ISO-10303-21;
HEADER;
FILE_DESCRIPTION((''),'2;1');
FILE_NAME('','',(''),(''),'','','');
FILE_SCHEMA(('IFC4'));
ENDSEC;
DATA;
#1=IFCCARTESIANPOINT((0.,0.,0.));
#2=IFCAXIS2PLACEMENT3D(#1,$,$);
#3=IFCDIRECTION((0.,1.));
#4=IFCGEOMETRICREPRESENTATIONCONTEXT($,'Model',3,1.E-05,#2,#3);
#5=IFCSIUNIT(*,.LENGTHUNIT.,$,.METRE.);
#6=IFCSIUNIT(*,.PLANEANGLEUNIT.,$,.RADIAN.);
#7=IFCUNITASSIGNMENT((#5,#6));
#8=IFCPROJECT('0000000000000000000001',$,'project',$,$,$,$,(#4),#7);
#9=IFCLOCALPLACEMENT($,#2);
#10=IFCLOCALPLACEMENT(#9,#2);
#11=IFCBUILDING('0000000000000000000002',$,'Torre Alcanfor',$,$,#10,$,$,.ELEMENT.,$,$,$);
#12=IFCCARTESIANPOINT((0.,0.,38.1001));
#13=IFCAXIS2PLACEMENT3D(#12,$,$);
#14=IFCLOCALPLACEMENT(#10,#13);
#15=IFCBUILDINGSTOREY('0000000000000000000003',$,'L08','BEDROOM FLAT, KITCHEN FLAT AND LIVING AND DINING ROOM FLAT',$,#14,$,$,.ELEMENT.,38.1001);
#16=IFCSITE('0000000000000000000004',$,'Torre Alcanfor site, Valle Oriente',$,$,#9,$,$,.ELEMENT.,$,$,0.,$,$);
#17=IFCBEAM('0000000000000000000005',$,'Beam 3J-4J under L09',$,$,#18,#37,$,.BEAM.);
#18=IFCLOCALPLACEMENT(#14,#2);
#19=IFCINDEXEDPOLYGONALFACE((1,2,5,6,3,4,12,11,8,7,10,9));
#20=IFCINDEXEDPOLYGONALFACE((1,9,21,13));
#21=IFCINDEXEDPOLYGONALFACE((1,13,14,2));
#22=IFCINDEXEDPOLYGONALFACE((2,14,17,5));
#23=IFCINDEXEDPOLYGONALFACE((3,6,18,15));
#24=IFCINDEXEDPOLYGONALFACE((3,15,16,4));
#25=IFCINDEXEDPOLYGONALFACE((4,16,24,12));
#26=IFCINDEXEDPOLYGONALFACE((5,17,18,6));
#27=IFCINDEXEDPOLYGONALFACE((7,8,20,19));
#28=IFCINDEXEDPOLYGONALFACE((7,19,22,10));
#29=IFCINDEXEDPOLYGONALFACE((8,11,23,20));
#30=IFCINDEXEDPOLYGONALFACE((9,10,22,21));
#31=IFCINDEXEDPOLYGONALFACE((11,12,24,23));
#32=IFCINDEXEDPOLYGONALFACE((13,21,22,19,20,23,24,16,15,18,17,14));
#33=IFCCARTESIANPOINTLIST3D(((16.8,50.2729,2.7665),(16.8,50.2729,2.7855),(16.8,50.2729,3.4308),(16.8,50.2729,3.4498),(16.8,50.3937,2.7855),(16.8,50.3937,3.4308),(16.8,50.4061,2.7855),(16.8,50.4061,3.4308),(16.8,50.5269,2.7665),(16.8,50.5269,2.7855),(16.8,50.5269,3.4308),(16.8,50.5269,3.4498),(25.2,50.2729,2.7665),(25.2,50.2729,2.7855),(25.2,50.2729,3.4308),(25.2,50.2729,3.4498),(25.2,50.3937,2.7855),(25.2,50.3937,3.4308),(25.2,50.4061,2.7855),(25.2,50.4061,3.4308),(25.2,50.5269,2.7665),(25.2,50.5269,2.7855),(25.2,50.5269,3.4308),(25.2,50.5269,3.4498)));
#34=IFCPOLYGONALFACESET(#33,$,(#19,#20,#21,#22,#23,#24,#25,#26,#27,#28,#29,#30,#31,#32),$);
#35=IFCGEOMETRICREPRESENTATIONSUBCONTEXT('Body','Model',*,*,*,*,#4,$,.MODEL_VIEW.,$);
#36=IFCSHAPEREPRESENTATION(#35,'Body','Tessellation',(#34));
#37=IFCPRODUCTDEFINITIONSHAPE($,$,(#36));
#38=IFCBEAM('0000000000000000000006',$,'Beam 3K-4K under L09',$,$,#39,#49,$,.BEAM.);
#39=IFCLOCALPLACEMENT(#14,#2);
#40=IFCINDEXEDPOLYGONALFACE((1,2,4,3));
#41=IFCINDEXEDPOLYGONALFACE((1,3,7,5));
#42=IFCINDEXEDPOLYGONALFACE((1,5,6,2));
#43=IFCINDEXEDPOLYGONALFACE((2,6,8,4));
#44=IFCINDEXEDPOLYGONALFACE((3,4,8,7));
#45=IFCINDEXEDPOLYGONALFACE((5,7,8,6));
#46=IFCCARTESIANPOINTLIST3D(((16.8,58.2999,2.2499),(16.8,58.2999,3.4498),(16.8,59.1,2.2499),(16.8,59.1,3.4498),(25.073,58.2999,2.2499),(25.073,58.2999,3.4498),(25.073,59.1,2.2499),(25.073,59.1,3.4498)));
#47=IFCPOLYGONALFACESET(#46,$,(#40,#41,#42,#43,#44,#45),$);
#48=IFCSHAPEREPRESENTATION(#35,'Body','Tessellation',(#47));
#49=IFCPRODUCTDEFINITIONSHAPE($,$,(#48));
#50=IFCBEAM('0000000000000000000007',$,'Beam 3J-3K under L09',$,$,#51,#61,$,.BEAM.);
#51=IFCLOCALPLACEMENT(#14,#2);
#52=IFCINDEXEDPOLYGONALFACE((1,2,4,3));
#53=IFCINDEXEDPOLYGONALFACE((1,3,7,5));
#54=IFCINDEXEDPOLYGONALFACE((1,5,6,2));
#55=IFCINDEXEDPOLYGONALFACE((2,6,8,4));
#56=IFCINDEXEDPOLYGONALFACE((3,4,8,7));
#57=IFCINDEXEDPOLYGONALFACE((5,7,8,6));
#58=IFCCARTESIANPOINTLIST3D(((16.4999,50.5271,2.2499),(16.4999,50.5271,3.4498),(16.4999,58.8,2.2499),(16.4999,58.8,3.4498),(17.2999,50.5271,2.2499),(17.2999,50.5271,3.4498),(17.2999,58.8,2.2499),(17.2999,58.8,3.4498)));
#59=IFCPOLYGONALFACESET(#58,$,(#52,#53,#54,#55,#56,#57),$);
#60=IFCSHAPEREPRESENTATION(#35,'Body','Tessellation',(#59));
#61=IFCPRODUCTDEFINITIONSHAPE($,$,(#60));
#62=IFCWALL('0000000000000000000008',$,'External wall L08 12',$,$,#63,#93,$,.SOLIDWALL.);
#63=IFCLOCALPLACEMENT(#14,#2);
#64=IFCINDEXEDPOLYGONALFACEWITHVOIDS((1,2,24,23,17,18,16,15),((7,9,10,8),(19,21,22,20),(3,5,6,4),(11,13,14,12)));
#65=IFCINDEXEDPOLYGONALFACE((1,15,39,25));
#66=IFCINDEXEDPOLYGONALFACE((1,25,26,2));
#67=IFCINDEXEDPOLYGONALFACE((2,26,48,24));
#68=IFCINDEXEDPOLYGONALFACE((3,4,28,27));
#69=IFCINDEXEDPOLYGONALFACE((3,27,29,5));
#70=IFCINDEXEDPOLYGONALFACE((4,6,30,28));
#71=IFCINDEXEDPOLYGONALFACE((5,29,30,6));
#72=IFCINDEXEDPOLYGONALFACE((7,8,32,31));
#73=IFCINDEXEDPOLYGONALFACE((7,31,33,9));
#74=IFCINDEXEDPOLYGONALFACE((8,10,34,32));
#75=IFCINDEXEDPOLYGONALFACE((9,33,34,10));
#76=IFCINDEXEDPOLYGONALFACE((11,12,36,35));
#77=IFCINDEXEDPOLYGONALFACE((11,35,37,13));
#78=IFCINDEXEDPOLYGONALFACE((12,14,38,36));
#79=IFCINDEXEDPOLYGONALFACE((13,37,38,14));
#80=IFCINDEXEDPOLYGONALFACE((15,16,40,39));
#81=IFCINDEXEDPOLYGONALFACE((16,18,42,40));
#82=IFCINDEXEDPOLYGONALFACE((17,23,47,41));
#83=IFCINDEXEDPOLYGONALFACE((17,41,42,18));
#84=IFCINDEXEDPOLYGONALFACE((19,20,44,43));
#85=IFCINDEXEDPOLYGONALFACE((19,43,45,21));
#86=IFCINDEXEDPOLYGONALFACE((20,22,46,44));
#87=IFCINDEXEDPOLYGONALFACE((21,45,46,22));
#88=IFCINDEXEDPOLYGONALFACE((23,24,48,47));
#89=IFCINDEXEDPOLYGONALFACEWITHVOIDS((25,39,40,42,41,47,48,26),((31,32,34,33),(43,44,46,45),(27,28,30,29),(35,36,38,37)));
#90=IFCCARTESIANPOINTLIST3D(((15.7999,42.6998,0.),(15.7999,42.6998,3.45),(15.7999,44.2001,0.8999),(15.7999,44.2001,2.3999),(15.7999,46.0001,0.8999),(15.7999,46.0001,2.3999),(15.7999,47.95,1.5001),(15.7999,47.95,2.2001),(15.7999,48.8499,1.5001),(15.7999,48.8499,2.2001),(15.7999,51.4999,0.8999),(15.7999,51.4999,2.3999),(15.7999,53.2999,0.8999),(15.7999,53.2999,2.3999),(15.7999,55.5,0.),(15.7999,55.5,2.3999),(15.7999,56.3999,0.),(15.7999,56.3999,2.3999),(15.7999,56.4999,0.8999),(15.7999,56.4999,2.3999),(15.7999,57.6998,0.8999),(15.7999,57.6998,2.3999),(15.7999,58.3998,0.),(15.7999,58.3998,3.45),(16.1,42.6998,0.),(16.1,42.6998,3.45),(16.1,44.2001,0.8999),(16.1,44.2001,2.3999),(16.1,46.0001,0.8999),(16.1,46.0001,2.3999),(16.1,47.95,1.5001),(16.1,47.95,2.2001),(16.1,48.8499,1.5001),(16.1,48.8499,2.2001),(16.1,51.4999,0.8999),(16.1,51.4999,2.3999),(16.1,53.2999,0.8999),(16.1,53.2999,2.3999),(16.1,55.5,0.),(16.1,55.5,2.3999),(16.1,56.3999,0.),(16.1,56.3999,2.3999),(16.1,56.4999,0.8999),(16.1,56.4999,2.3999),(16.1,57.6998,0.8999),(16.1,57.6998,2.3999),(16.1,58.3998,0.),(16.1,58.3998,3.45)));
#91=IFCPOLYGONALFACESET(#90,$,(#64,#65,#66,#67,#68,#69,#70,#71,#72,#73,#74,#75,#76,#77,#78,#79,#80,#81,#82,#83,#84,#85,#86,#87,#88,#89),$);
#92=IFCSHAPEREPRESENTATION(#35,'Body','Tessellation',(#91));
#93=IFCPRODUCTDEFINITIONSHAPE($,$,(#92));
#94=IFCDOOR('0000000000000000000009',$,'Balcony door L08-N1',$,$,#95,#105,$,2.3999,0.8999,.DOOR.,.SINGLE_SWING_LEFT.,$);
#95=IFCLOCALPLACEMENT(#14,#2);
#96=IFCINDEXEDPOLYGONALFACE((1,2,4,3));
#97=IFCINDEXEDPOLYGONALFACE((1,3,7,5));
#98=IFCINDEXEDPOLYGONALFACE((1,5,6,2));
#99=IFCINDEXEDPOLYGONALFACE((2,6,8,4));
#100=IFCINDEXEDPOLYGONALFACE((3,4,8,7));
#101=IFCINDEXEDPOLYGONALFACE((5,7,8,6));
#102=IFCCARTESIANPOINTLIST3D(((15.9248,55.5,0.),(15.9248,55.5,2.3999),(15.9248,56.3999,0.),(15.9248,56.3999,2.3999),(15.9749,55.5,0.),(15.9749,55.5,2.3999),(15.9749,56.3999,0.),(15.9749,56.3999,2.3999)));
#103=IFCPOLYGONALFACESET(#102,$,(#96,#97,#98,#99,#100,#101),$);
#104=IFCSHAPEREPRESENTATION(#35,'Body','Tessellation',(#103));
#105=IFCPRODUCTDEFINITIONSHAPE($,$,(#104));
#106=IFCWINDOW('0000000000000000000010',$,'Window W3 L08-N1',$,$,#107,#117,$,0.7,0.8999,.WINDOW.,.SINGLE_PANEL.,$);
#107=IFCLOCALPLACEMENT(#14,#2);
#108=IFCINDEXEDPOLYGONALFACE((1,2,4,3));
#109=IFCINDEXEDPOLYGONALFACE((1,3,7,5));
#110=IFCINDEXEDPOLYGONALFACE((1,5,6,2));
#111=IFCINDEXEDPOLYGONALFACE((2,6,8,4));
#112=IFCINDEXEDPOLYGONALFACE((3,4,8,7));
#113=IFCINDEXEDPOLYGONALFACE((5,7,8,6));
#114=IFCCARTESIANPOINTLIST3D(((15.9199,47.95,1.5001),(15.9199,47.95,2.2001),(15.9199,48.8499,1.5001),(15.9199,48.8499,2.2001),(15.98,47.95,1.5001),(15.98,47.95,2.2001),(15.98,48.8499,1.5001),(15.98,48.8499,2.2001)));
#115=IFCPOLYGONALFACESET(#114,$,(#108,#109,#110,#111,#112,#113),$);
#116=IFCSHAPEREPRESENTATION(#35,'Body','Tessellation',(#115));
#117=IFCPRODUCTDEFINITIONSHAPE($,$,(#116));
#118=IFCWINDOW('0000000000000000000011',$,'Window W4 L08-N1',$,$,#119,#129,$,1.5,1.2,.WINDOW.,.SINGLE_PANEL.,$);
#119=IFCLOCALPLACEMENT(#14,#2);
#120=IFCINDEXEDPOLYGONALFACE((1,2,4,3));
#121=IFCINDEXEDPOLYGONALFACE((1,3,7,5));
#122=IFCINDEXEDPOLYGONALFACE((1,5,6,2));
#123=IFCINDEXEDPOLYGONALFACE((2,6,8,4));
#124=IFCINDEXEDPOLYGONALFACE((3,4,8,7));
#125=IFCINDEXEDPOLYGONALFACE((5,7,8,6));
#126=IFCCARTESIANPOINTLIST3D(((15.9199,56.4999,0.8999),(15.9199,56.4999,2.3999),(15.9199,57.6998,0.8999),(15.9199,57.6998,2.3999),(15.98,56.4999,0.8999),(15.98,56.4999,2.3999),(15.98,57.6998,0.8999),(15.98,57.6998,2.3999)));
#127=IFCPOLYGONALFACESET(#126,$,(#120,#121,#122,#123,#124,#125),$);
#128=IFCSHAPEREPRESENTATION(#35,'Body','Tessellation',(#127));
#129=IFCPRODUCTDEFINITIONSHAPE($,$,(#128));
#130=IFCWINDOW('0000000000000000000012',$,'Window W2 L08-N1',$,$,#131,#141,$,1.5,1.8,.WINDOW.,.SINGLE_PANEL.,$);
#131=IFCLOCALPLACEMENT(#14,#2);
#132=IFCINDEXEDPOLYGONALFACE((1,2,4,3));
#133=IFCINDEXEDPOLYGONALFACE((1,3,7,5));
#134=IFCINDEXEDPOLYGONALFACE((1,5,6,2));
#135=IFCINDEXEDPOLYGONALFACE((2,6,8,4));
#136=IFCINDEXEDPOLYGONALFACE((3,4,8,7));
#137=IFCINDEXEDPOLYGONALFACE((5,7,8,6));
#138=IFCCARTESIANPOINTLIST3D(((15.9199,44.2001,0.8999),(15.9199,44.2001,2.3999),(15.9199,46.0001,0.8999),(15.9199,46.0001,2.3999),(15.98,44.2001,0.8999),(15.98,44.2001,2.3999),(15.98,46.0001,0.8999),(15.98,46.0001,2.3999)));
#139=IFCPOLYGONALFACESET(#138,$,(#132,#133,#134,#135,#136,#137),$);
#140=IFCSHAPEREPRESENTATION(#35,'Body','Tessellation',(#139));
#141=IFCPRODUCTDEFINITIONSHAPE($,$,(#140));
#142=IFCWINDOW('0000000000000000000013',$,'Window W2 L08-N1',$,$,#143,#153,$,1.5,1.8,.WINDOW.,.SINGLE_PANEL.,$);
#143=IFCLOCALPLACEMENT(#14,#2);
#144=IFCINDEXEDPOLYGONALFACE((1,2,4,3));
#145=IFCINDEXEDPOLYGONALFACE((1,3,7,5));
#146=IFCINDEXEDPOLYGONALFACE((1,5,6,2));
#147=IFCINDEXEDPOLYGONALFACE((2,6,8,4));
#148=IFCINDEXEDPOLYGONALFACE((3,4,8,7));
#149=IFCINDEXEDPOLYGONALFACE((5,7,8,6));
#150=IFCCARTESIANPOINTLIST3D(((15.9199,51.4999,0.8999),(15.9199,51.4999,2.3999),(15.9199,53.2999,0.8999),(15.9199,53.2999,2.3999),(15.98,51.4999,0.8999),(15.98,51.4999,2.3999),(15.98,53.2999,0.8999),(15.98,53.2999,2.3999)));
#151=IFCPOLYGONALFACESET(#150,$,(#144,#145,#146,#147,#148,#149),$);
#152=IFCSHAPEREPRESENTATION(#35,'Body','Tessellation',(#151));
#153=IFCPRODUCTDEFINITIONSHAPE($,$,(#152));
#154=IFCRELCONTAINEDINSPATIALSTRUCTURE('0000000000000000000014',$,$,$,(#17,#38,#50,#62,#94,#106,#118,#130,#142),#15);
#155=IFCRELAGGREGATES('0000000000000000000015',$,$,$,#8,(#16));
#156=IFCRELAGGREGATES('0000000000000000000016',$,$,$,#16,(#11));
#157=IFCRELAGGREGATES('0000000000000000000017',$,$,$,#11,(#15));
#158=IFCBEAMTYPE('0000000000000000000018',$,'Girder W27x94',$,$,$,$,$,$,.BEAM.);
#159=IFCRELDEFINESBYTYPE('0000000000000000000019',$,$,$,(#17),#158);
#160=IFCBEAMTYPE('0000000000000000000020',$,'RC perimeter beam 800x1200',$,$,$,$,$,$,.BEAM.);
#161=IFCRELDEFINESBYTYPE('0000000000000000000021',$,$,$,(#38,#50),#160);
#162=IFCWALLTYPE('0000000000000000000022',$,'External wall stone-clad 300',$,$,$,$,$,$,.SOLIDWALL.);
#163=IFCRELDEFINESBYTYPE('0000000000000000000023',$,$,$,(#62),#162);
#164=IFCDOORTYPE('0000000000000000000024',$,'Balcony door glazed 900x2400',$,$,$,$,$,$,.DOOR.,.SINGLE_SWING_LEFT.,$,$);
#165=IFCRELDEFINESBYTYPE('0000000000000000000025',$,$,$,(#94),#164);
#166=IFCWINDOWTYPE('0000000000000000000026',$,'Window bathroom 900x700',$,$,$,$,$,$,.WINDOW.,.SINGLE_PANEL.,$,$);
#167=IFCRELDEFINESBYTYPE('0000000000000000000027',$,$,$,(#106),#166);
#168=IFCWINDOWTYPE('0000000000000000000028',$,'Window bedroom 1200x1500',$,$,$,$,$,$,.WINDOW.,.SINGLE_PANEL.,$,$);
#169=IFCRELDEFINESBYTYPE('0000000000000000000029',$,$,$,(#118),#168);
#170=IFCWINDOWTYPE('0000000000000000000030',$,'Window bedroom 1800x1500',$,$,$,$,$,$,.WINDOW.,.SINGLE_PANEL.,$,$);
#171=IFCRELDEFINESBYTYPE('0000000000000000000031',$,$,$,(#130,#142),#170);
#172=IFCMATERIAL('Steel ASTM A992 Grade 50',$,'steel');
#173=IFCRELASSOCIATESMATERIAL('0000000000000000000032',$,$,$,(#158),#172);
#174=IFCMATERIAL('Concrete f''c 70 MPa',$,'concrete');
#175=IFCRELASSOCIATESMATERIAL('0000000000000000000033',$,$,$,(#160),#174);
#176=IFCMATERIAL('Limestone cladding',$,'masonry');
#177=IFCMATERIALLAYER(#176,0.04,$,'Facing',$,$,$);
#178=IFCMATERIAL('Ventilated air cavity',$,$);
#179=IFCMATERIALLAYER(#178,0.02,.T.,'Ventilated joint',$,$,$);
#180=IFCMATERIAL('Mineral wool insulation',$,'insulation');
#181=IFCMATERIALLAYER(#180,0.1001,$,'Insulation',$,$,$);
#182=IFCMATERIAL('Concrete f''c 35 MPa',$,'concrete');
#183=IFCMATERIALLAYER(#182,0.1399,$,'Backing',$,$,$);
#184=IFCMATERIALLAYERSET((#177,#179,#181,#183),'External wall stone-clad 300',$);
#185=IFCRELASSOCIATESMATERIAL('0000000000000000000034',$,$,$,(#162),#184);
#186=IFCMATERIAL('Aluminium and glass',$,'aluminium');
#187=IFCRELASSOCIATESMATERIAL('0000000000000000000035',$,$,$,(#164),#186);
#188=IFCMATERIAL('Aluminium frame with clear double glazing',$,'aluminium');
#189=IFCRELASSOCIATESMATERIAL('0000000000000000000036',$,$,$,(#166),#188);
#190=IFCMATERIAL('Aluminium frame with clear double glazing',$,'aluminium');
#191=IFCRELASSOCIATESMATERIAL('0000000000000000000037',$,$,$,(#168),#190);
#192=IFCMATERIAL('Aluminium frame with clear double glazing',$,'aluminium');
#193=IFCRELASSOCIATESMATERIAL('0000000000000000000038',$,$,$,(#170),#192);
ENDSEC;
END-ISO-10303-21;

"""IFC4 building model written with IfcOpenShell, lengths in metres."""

from ifc_helpers import new_model, si_unit, direction, frame, frame_2d, origin, origin_2d, place, context, subcontext, project, spatial, rectangle, i_section, extrude, material, layer, layer_set, material_profile, profile_set, type_object, element, fill, save


model = new_model("IFC4")

# Units and contexts
model_context = context("Model", 3, precision=1e-05, world=origin(), true_north=direction((0.0, 1.0)))
body_context = subcontext(model_context, "Body", "Model", "MODEL_VIEW")
ifc_project = project(units=[si_unit("LENGTHUNIT", "METRE"), si_unit("PLANEANGLEUNIT", "RADIAN")], contexts=[model_context])

# Site, building, storey
site_placement = place(None, origin())
site = spatial("IfcSite", under=ifc_project, at=site_placement, Name="Torre Alcanfor site, Valle Oriente", CompositionType="ELEMENT", RefElevation=0.0)
building_placement = place(site_placement, origin())
building = spatial("IfcBuilding", under=site, at=building_placement, Name="Torre Alcanfor", CompositionType="ELEMENT")
storey_placement = place(building_placement, frame((0.0, 0.0, 38.1001)))
storey = spatial("IfcBuildingStorey", under=building, at=storey_placement, Name="L08", Description="BEDROOM FLAT, KITCHEN FLAT AND LIVING AND DINING ROOM FLAT", CompositionType="ELEMENT", Elevation=38.1001)

# Beams
ifc_material_1 = material(Name="Steel ASTM A992 Grade 50", Category="steel")
ifc_material_profile_1 = material_profile(ifc_material_1, i_section(OverallWidth=0.2539, OverallDepth=0.6833, WebThickness=0.0125, FlangeThickness=0.019, at=origin_2d()), Name="W27x94")
ifc_profile_set_1 = profile_set([ifc_material_profile_1], Name="Steel ASTM A992 Grade 50")
beam_type_1 = type_object("IfcBeamType", Name="Girder W27x94", PredefinedType="BEAM", material=ifc_profile_set_1)
beam_1_placement = place(storey_placement, frame((16.8, 50.3999, 3.1082), z_axis=(1.0, 0.0, 0.0), x_axis=(0.0, 1.0, 0.0)))
element("IfcBeam", 1, at=beam_1_placement, inside=storey, type_object=beam_type_1, Name="Beam 3J-4J under L09", PredefinedType="BEAM", context=body_context, shape_type="SweptSolid", body=[
    extrude(i_section(OverallWidth=0.2539, OverallDepth=0.6833, WebThickness=0.0125, FlangeThickness=0.019, at=origin_2d()), origin(), (0.0, 0.0, 1.0), 8.3999),
])
ifc_material_2 = material(Name="Concrete f'c 70 MPa", Category="concrete")
ifc_material_profile_2 = material_profile(ifc_material_2, rectangle(XDim=0.8, YDim=1.2, at=origin_2d()), Name="800x1200")
ifc_profile_set_2 = profile_set([ifc_material_profile_2], Name="Concrete f'c 70 MPa")
beam_type_2 = type_object("IfcBeamType", Name="RC perimeter beam 800x1200", PredefinedType="BEAM", material=ifc_profile_set_2)
for number, where, z_axis, x_axis, name in (
    (2, (16.8, 58.7, 2.8499), (1.0, 0.0, 0.0), (0.0, 1.0, 0.0), "Beam 3K-4K under L09"),
    (3, (16.8999, 50.5271, 2.8499), (0.0, 1.0, 0.0), (-1.0, 0.0, 0.0), "Beam 3J-3K under L09"),
):
    element("IfcBeam", number, at=place(storey_placement, frame(where, z_axis=z_axis, x_axis=x_axis)), inside=storey, type_object=beam_type_2, Name=name, PredefinedType="BEAM", context=body_context, shape_type="SweptSolid", body=[
        extrude(rectangle(XDim=0.8, YDim=1.2, at=origin_2d()), origin(), (0.0, 0.0, 1.0), 8.2729),
    ])

# Wall, openings, door, windows
ifc_material_3 = material(Name="Limestone cladding", Category="masonry")
ifc_layer_1 = layer(ifc_material_3, 0.04, Name="Facing")
ifc_material_4 = material(Name="Ventilated air cavity")
ifc_layer_2 = layer(ifc_material_4, 0.02, ventilated=True, Name="Ventilated joint")
ifc_material_5 = material(Name="Mineral wool insulation", Category="insulation")
ifc_layer_3 = layer(ifc_material_5, 0.1001, Name="Insulation")
ifc_material_6 = material(Name="Concrete f'c 35 MPa", Category="concrete")
ifc_layer_4 = layer(ifc_material_6, 0.1399, Name="Backing")
ifc_layer_set_1 = layer_set([ifc_layer_1, ifc_layer_2, ifc_layer_3, ifc_layer_4], Name="External wall stone-clad 300")
wall_type_1 = type_object("IfcWallType", Name="External wall stone-clad 300", PredefinedType="SOLIDWALL", material=ifc_layer_set_1)
wall_1_placement = place(storey_placement, frame((15.95, 58.3999, 0.0), z_axis=(0.0, 0.0, 1.0), x_axis=(0.0, -1.0, 0.0)))
wall_1 = element("IfcWall", 4, at=wall_1_placement, inside=storey, type_object=wall_type_1, Name="External wall L08 12", PredefinedType="SOLIDWALL", context=body_context, shape_type="SweptSolid", body=[
    extrude(rectangle(XDim=15.7, YDim=0.3, at=frame_2d((7.8501, 0.0))), origin(), (0.0, 0.0, 1.0), 3.45),
])
opening_1_placement = place(wall_1_placement, frame((12.3999, 0.0, 0.8999)))
opening_1 = element("IfcOpeningElement", 5, at=opening_1_placement, cuts=wall_1, PredefinedType="OPENING", context=body_context, shape_type="SweptSolid", body=[
    extrude(rectangle(XDim=1.8, YDim=1.5, at=frame_2d((0.8999, 0.75))), frame((0.0, 0.1599, 0.0), z_axis=(0.0, -1.0, 0.0), x_axis=(1.0, 0.0, 0.0)), (0.0, 0.0, 1.0), 0.3201),
])
opening_2_placement = place(wall_1_placement, frame((9.55, 0.0, 1.5)))
opening_2 = element("IfcOpeningElement", 6, at=opening_2_placement, cuts=wall_1, PredefinedType="OPENING", context=body_context, shape_type="SweptSolid", body=[
    extrude(rectangle(XDim=0.8999, YDim=0.7, at=frame_2d((0.45, 0.3501))), frame((0.0, 0.1599, 0.0), z_axis=(0.0, -1.0, 0.0), x_axis=(1.0, 0.0, 0.0)), (0.0, 0.0, 1.0), 0.3201),
])
opening_3_placement = place(wall_1_placement, frame((5.1001, 0.0, 0.8999)))
opening_3 = element("IfcOpeningElement", 7, at=opening_3_placement, cuts=wall_1, PredefinedType="OPENING", context=body_context, shape_type="SweptSolid", body=[
    extrude(rectangle(XDim=1.8, YDim=1.5, at=frame_2d((0.8999, 0.75))), frame((0.0, 0.1599, 0.0), z_axis=(0.0, -1.0, 0.0), x_axis=(1.0, 0.0, 0.0)), (0.0, 0.0, 1.0), 0.3201),
])
opening_4_placement = place(wall_1_placement, frame((2.0, 0.0, 0.0)))
opening_4 = element("IfcOpeningElement", 8, at=opening_4_placement, cuts=wall_1, PredefinedType="OPENING", context=body_context, shape_type="SweptSolid", body=[
    extrude(rectangle(XDim=0.8999, YDim=2.3999, at=frame_2d((0.45, 1.2))), frame((0.0, 0.1599, 0.0), z_axis=(0.0, -1.0, 0.0), x_axis=(1.0, 0.0, 0.0)), (0.0, 0.0, 1.0), 0.3201),
])
opening_5_placement = place(wall_1_placement, frame((0.7, 0.0, 0.8999)))
opening_5 = element("IfcOpeningElement", 9, at=opening_5_placement, cuts=wall_1, PredefinedType="OPENING", context=body_context, shape_type="SweptSolid", body=[
    extrude(rectangle(XDim=1.2, YDim=1.5, at=frame_2d((0.6001, 0.75))), frame((0.0, 0.1599, 0.0), z_axis=(0.0, -1.0, 0.0), x_axis=(1.0, 0.0, 0.0)), (0.0, 0.0, 1.0), 0.3201),
])
ifc_material_7 = material(Name="Aluminium and glass", Category="aluminium")
door_type = type_object("IfcDoorType", Name="Balcony door glazed 900x2400", OperationType="SINGLE_SWING_LEFT", PredefinedType="DOOR", material=ifc_material_7)
door_placement = place(opening_4_placement, origin())
door = element("IfcDoor", 10, at=door_placement, inside=storey, type_object=door_type, Name="Balcony door L08-N1", OperationType="SINGLE_SWING_LEFT", OverallHeight=2.3999, OverallWidth=0.8999, PredefinedType="DOOR", context=body_context, shape_type="SweptSolid", body=[
    extrude(rectangle(XDim=0.8999, YDim=2.3999, at=frame_2d((0.45, 1.2))), frame((0.0, 0.0249, 0.0), z_axis=(0.0, -1.0, 0.0), x_axis=(1.0, 0.0, 0.0)), (0.0, 0.0, 1.0), 0.05),
])
fill(opening_4, door)
ifc_material_8 = material(Name="Aluminium frame with clear double glazing", Category="aluminium")
window_type_1 = type_object("IfcWindowType", Name="Window bathroom 900x700", PartitioningType="SINGLE_PANEL", PredefinedType="WINDOW", material=ifc_material_8)
window_1_placement = place(opening_2_placement, origin())
window_1 = element("IfcWindow", 11, at=window_1_placement, inside=storey, type_object=window_type_1, Name="Window W3 L08-N1", OverallHeight=0.7, OverallWidth=0.8999, PartitioningType="SINGLE_PANEL", PredefinedType="WINDOW", context=body_context, shape_type="SweptSolid", body=[
    extrude(rectangle(XDim=0.8999, YDim=0.7, at=frame_2d((0.45, 0.3501))), frame((0.0, 0.03, 0.0), z_axis=(0.0, -1.0, 0.0), x_axis=(1.0, 0.0, 0.0)), (0.0, 0.0, 1.0), 0.0601),
])
fill(opening_2, window_1)
ifc_material_9 = material(Name="Aluminium frame with clear double glazing", Category="aluminium")
window_type_2 = type_object("IfcWindowType", Name="Window bedroom 1200x1500", PartitioningType="SINGLE_PANEL", PredefinedType="WINDOW", material=ifc_material_9)
window_2_placement = place(opening_5_placement, origin())
window_2 = element("IfcWindow", 12, at=window_2_placement, inside=storey, type_object=window_type_2, Name="Window W4 L08-N1", OverallHeight=1.5, OverallWidth=1.2, PartitioningType="SINGLE_PANEL", PredefinedType="WINDOW", context=body_context, shape_type="SweptSolid", body=[
    extrude(rectangle(XDim=1.2, YDim=1.5, at=frame_2d((0.6001, 0.75))), frame((0.0, 0.03, 0.0), z_axis=(0.0, -1.0, 0.0), x_axis=(1.0, 0.0, 0.0)), (0.0, 0.0, 1.0), 0.0601),
])
fill(opening_5, window_2)
ifc_material_10 = material(Name="Aluminium frame with clear double glazing", Category="aluminium")
window_type_3 = type_object("IfcWindowType", Name="Window bedroom 1800x1500", PartitioningType="SINGLE_PANEL", PredefinedType="WINDOW", material=ifc_material_10)
window_3_placement = place(opening_1_placement, origin())
window_3 = element("IfcWindow", 13, at=window_3_placement, inside=storey, type_object=window_type_3, Name="Window W2 L08-N1", OverallHeight=1.5, OverallWidth=1.8, PartitioningType="SINGLE_PANEL", PredefinedType="WINDOW", context=body_context, shape_type="SweptSolid", body=[
    extrude(rectangle(XDim=1.8, YDim=1.5, at=frame_2d((0.8999, 0.75))), frame((0.0, 0.03, 0.0), z_axis=(0.0, -1.0, 0.0), x_axis=(1.0, 0.0, 0.0)), (0.0, 0.0, 1.0), 0.0601),
])
fill(opening_1, window_3)
window_4_placement = place(opening_3_placement, origin())
window_4 = element("IfcWindow", 14, at=window_4_placement, inside=storey, type_object=window_type_3, Name="Window W2 L08-N1", OverallHeight=1.5, OverallWidth=1.8, PartitioningType="SINGLE_PANEL", PredefinedType="WINDOW", context=body_context, shape_type="SweptSolid", body=[
    extrude(rectangle(XDim=1.8, YDim=1.5, at=frame_2d((0.8999, 0.75))), frame((0.0, 0.03, 0.0), z_axis=(0.0, -1.0, 0.0), x_axis=(1.0, 0.0, 0.0)), (0.0, 0.0, 1.0), 0.0601),
])
fill(opening_3, window_4)

save(model, "model.ifc")
